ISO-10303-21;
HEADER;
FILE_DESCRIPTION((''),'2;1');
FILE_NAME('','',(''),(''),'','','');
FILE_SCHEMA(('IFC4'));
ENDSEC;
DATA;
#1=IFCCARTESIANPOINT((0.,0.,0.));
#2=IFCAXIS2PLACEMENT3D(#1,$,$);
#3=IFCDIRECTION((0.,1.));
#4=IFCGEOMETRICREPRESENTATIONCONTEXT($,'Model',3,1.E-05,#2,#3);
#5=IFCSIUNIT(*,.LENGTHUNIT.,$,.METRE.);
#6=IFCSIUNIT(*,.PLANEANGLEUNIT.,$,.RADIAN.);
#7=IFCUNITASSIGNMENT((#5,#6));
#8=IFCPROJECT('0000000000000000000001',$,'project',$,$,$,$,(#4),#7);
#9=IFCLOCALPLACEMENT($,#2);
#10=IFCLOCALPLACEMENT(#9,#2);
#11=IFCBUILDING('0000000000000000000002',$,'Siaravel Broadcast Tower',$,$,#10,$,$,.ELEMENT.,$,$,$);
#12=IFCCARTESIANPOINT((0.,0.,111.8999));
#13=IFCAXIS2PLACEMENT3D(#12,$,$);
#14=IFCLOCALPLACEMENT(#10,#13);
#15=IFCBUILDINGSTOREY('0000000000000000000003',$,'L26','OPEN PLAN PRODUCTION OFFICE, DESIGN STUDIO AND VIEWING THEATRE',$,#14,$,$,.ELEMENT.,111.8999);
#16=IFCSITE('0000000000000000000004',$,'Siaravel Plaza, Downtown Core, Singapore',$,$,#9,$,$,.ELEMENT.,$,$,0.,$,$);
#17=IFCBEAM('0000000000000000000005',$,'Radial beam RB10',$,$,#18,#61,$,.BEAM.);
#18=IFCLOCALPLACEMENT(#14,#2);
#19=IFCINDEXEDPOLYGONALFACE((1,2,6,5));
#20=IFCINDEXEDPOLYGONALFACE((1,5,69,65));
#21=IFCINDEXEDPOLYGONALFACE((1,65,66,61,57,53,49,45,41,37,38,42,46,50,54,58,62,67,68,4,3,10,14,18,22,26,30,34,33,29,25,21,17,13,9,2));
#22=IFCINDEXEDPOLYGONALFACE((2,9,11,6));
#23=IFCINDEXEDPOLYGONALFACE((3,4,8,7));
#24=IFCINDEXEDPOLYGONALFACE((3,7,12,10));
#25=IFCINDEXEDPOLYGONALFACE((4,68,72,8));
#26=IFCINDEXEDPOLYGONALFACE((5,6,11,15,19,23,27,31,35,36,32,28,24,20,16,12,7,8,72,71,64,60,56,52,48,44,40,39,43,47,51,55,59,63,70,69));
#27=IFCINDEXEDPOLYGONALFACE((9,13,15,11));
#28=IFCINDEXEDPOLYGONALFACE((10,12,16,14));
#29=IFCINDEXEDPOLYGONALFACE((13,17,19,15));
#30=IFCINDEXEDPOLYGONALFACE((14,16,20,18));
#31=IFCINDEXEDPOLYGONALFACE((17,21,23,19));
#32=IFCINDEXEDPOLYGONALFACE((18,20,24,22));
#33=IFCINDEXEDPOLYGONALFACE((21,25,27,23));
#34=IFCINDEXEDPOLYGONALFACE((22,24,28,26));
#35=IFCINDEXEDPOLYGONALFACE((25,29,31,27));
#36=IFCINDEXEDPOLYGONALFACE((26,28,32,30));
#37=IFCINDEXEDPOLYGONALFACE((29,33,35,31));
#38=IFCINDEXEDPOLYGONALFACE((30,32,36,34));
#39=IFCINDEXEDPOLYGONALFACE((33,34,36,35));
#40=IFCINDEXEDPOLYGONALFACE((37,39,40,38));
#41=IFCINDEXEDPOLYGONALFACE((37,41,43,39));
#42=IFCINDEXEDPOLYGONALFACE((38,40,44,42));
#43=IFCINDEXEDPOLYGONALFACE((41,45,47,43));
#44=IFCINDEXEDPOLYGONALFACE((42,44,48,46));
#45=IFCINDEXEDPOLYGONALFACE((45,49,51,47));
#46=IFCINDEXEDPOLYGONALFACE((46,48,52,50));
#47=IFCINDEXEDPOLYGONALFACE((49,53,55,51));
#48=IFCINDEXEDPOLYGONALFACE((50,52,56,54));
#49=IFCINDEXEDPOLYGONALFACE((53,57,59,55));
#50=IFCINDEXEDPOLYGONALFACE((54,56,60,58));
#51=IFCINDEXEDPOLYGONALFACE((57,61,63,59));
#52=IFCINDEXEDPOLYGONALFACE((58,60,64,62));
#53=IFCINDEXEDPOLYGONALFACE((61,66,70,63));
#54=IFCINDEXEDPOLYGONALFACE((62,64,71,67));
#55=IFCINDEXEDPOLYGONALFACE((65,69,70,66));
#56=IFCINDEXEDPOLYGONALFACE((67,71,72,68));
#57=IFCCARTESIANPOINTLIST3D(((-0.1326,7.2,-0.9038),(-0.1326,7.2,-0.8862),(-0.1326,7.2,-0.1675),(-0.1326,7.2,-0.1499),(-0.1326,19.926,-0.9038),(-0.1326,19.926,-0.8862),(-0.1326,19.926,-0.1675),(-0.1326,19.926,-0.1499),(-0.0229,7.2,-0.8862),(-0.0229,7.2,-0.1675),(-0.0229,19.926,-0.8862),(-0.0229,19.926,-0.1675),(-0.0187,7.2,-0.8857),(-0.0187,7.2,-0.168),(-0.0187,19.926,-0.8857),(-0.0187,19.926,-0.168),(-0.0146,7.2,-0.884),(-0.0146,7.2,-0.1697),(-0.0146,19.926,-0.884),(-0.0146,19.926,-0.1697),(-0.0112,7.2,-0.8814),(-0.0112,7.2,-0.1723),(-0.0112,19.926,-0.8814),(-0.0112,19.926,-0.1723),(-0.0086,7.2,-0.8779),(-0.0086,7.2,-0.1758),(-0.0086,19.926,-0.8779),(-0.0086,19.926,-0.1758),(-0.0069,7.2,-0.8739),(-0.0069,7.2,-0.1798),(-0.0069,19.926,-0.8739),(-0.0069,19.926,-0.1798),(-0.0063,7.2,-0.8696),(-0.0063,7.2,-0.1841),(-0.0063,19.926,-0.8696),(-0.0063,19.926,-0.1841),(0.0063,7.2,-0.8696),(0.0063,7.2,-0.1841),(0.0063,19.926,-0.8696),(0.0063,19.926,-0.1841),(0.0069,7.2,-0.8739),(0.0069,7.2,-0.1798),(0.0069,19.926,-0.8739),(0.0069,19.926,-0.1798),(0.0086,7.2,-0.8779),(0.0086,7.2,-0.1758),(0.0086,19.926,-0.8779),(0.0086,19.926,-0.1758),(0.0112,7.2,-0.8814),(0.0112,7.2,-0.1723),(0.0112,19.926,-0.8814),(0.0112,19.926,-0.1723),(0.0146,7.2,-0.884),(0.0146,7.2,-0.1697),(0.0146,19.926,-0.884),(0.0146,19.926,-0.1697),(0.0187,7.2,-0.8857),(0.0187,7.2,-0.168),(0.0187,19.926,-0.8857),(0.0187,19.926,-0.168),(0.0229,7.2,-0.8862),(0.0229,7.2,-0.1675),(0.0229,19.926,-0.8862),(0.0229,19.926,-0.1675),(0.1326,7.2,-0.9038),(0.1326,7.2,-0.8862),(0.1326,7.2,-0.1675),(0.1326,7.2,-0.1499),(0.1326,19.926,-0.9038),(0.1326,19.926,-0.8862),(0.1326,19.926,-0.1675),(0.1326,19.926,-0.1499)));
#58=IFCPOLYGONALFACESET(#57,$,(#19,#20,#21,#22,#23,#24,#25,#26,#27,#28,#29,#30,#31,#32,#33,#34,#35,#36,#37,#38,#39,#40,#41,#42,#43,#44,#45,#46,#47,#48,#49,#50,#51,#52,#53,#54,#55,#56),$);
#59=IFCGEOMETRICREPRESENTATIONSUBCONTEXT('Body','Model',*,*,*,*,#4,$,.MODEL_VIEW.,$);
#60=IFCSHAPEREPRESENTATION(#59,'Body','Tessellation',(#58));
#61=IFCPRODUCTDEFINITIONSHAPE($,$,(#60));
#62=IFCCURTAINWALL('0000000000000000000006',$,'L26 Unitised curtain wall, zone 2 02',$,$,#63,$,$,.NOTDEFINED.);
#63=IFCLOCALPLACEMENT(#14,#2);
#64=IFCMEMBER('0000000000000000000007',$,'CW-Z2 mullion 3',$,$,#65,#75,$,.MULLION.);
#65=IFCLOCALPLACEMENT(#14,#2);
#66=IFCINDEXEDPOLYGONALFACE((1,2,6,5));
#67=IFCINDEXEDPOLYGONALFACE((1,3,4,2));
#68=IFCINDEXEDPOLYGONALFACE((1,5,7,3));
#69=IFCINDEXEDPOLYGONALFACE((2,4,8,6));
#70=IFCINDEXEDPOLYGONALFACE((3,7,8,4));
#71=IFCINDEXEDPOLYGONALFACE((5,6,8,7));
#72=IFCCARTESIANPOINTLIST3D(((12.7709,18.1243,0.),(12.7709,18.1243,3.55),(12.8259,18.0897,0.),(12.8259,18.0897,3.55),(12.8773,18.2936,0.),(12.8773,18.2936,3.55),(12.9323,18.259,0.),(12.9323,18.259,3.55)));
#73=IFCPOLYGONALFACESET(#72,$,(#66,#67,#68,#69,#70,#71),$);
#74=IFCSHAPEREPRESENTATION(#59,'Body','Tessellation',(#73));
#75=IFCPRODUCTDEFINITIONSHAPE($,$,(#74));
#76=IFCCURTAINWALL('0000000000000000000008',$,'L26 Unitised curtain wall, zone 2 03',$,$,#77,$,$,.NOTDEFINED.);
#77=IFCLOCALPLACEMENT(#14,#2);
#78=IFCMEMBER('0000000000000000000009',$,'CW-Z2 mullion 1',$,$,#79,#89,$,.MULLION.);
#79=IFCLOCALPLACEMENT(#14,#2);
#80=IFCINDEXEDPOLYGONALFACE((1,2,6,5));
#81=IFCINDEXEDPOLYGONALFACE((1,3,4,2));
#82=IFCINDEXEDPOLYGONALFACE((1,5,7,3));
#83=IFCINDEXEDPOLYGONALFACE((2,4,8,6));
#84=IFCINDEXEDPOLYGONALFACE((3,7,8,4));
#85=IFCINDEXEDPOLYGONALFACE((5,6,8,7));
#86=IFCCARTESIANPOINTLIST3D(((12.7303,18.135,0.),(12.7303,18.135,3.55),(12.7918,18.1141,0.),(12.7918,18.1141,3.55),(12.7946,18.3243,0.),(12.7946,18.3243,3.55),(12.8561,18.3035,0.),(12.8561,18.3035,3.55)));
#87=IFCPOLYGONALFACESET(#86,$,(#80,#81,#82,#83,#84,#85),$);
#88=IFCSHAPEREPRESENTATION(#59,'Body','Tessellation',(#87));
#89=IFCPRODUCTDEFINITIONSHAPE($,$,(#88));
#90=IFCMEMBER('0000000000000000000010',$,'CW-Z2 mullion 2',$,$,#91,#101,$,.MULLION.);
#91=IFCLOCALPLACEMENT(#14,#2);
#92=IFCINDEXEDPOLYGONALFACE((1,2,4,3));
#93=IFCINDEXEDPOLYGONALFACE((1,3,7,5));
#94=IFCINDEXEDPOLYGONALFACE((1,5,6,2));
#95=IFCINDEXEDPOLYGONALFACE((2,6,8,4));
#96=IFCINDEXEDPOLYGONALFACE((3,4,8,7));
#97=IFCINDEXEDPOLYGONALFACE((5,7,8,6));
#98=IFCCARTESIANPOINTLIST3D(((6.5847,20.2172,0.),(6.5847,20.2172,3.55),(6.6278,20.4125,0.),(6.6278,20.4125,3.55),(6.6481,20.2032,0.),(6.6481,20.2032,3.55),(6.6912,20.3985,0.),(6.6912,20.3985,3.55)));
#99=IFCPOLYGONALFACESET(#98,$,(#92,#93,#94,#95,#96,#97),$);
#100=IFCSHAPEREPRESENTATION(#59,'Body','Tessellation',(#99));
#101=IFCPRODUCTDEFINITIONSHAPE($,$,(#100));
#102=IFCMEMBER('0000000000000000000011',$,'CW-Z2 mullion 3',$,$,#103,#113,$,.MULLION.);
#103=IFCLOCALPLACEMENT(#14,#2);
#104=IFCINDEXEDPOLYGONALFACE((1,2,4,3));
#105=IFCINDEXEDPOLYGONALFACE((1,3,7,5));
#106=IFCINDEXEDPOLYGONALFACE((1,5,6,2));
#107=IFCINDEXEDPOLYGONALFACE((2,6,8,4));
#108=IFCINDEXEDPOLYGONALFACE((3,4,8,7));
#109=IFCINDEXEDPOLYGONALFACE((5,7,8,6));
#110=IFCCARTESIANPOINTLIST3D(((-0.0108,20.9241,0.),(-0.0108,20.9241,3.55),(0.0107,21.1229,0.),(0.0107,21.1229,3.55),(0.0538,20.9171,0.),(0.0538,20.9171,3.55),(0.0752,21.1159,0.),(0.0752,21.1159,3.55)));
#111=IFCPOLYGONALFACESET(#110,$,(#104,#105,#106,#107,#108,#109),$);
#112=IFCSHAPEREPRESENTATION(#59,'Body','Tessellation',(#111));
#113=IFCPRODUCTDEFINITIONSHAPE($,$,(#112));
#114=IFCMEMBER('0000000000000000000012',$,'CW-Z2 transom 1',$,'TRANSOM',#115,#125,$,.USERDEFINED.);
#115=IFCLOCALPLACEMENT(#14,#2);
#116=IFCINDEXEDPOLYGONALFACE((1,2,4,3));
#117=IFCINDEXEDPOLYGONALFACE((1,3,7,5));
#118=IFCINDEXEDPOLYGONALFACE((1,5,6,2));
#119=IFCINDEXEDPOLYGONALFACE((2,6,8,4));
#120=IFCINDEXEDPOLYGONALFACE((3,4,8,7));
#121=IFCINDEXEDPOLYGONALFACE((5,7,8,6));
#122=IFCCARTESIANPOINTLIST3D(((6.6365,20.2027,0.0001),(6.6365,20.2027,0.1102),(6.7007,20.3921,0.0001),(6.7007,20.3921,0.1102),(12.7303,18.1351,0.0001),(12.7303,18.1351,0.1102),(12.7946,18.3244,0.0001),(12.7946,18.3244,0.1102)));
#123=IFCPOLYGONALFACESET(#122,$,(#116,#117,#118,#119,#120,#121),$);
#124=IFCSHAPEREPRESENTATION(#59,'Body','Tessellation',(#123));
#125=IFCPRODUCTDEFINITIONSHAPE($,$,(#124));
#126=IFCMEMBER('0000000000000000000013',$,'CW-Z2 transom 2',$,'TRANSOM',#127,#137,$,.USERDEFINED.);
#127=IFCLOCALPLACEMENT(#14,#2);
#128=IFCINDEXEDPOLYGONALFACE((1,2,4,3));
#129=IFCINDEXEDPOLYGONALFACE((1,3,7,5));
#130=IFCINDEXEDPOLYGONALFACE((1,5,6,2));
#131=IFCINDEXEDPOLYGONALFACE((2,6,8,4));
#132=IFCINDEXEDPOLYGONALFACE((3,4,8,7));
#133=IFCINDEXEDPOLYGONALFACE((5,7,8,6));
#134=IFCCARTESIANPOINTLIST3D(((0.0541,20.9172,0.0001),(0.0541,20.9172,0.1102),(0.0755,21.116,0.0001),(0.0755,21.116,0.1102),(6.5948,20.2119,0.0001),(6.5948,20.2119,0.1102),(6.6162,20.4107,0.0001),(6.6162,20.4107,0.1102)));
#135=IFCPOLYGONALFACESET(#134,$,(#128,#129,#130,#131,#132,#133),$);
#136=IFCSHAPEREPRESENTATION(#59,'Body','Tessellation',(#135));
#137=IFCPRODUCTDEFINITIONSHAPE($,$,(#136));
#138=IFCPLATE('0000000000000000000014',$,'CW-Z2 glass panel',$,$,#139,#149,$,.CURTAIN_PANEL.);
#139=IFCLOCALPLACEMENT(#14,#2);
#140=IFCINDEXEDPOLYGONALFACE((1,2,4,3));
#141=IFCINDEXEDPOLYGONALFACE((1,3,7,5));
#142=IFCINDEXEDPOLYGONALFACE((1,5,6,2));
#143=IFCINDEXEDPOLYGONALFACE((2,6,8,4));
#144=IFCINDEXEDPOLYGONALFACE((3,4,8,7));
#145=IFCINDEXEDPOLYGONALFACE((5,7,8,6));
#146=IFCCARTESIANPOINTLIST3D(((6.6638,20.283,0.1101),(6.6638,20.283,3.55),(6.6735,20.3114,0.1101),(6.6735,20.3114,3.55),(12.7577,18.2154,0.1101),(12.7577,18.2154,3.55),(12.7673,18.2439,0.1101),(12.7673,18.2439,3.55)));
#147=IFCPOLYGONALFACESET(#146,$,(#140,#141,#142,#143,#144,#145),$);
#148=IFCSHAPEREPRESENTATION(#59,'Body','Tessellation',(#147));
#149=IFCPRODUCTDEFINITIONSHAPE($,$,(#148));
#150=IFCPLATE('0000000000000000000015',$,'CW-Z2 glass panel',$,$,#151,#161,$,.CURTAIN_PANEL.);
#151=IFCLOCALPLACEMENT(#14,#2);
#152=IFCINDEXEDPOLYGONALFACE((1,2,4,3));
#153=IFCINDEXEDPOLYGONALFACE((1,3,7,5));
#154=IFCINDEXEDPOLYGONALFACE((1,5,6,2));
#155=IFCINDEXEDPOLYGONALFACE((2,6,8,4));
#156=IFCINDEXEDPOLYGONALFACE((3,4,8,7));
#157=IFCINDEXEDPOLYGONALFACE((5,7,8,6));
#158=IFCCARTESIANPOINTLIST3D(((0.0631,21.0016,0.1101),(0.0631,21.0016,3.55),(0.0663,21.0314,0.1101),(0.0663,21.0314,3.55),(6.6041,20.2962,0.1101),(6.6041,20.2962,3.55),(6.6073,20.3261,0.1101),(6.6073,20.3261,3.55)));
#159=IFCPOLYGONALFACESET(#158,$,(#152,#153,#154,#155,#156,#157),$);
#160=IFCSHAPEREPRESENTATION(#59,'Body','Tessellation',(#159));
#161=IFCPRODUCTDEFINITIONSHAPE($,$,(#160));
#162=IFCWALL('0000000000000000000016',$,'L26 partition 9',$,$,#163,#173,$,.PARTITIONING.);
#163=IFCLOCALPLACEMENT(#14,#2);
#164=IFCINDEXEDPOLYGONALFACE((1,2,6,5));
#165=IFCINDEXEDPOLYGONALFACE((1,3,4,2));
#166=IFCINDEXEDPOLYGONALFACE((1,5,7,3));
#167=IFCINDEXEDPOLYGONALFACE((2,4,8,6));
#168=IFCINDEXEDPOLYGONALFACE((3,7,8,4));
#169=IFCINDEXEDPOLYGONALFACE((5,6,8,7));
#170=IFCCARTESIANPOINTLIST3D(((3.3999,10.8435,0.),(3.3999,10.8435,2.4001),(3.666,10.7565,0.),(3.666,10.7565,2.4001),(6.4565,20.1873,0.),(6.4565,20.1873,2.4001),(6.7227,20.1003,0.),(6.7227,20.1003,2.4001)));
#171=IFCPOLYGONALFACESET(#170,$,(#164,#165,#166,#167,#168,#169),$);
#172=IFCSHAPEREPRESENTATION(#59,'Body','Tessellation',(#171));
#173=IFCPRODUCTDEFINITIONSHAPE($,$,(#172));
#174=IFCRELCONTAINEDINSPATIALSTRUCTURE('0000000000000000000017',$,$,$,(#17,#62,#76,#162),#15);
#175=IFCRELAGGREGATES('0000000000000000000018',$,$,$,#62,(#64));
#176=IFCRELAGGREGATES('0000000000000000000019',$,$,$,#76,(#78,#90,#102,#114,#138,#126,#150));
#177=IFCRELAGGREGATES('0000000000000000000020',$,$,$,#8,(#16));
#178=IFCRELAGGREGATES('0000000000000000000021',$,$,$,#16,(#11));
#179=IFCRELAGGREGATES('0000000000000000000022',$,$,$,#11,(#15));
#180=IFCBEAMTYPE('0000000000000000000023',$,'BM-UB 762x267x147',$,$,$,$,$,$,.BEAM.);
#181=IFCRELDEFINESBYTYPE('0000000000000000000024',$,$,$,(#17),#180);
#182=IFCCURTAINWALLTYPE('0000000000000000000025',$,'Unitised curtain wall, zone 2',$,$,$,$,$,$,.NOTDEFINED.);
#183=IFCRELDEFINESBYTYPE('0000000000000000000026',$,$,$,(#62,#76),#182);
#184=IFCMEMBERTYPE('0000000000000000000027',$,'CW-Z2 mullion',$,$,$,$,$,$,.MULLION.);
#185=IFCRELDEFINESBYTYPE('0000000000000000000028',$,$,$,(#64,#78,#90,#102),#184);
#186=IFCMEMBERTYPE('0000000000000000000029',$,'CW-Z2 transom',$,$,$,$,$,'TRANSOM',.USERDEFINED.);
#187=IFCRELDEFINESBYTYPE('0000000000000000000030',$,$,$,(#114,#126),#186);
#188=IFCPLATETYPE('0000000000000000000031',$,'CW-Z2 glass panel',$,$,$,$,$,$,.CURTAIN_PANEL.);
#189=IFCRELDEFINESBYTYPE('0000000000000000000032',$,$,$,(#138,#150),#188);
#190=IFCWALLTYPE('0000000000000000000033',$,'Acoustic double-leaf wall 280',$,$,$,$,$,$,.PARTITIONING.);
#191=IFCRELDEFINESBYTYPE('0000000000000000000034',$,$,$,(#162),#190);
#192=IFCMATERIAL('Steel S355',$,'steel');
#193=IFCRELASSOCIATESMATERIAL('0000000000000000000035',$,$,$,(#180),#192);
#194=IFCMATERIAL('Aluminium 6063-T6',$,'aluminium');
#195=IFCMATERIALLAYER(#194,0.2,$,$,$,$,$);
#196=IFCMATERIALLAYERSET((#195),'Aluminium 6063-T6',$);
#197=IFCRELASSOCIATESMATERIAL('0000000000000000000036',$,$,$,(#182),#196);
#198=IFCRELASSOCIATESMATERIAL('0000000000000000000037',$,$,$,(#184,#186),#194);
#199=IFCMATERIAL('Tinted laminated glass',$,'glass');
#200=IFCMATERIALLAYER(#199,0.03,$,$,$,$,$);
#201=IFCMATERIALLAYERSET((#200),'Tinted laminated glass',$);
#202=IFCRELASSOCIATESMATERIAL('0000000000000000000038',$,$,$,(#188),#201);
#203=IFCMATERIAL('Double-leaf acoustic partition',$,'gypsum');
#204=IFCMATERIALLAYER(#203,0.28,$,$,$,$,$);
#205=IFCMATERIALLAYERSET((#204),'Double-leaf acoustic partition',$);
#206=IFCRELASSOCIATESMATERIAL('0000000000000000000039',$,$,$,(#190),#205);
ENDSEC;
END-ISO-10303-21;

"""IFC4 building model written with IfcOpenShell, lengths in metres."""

from ifc_helpers import new_model, si_unit, direction, frame, frame_2d, origin, origin_2d, place, context, subcontext, project, spatial, rectangle, i_section, extrude, material, layer, layer_set, material_profile, profile_set, type_object, element, aggregate, save


model = new_model("IFC4")

# Units and contexts
model_context = context("Model", 3, precision=1e-05, world=origin(), true_north=direction((0.0, 1.0)))
body_context = subcontext(model_context, "Body", "Model", "MODEL_VIEW")
ifc_project = project(units=[si_unit("LENGTHUNIT", "METRE"), si_unit("PLANEANGLEUNIT", "RADIAN")], contexts=[model_context])

# Site, building, storey
site_placement = place(None, origin())
site = spatial("IfcSite", under=ifc_project, at=site_placement, Name="Siaravel Plaza, Downtown Core, Singapore", CompositionType="ELEMENT", RefElevation=0.0)
building_placement = place(site_placement, origin())
building = spatial("IfcBuilding", under=site, at=building_placement, Name="Siaravel Broadcast Tower", CompositionType="ELEMENT")
storey_placement = place(building_placement, frame((0.0, 0.0, 111.8999)))
storey = spatial("IfcBuildingStorey", under=building, at=storey_placement, Name="L26", Description="OPEN PLAN PRODUCTION OFFICE, DESIGN STUDIO AND VIEWING THEATRE", CompositionType="ELEMENT", Elevation=111.8999)

# Beam
ifc_material_1 = material(Name="Steel S355", Category="steel")
ifc_material_profile_1 = material_profile(ifc_material_1, i_section(OverallWidth=0.2651, OverallDepth=0.7539, WebThickness=0.0127, FlangeThickness=0.0176, FilletRadius=0.0166, at=origin_2d()))
ifc_profile_set_1 = profile_set([ifc_material_profile_1], Name="Steel S355")
beam_type = type_object("IfcBeamType", Name="BM-UB 762x267x147", PredefinedType="BEAM", material=ifc_profile_set_1)
beam_1_placement = place(storey_placement, frame((0.0, 19.926, -0.5269), z_axis=(0.0, -1.0, 0.0), x_axis=(1.0, 0.0, 0.0)))
element("IfcBeam", 1, at=beam_1_placement, inside=storey, type_object=beam_type, Name="Radial beam RB10", PredefinedType="BEAM", context=body_context, shape_type="SweptSolid", body=[
    extrude(i_section(OverallWidth=0.2651, OverallDepth=0.7539, WebThickness=0.0127, FlangeThickness=0.0176, FilletRadius=0.0166, at=origin_2d()), origin(), (0.0, 0.0, 1.0), 12.7261),
])

# Curtain wall, member
ifc_material_2 = material(Name="Aluminium 6063-T6", Category="aluminium")
ifc_layer_1 = layer(ifc_material_2, 0.2)
ifc_layer_set_1 = layer_set([ifc_layer_1], Name="Aluminium 6063-T6")
curtain_wall_type = type_object("IfcCurtainWallType", Name="Unitised curtain wall, zone 2", PredefinedType="NOTDEFINED", material=ifc_layer_set_1)
curtain_wall_1_placement = place(storey_placement, origin())
curtain_wall_1 = element("IfcCurtainWall", 2, at=curtain_wall_1_placement, inside=storey, type_object=curtain_wall_type, Name="L26 Unitised curtain wall, zone 2 02", PredefinedType="NOTDEFINED")
ifc_material_profile_2 = material_profile(ifc_material_2, rectangle(XDim=0.2, YDim=0.0649, at=origin_2d()))
ifc_profile_set_2 = profile_set([ifc_material_profile_2], Name="Aluminium 6063-T6")
member_type_1 = type_object("IfcMemberType", Name="CW-Z2 mullion", PredefinedType="MULLION", material=ifc_profile_set_2)
member_1_placement = place(storey_placement, frame((12.8516, 18.1917, 0.0), z_axis=(0.0, 0.0, 1.0), x_axis=(-0.532149, -0.846651, 0.0)))
member_1 = element("IfcMember", 3, at=member_1_placement, type_object=member_type_1, Name="CW-Z2 mullion 3", PredefinedType="MULLION", context=body_context, shape_type="SweptSolid", body=[
    extrude(rectangle(XDim=0.2, YDim=0.0649, at=origin_2d()), origin(), (0.0, 0.0, 1.0), 3.55),
])
aggregate(curtain_wall_1, [member_1])

# Curtain wall, members, plates
curtain_wall_2_placement = place(storey_placement, origin())
curtain_wall_2 = element("IfcCurtainWall", 4, at=curtain_wall_2_placement, inside=storey, type_object=curtain_wall_type, Name="L26 Unitised curtain wall, zone 2 03", PredefinedType="NOTDEFINED")
member_2_placement = place(storey_placement, frame((12.7932, 18.2192, 0.0), z_axis=(0.0, 0.0, 1.0), x_axis=(-0.321301, -0.946977, 0.0)))
member_2 = element("IfcMember", 5, at=member_2_placement, type_object=member_type_1, Name="CW-Z2 mullion 1", PredefinedType="MULLION", context=body_context, shape_type="SweptSolid", body=[
    extrude(rectangle(XDim=0.2, YDim=0.0649, at=origin_2d()), origin(), (0.0, 0.0, 1.0), 3.55),
])
member_3_placement = place(storey_placement, frame((6.6379, 20.3079, 0.0), z_axis=(0.0, 0.0, 1.0), x_axis=(-0.215558, -0.976491, 0.0)))
member_3 = element("IfcMember", 6, at=member_3_placement, type_object=member_type_1, Name="CW-Z2 mullion 2", PredefinedType="MULLION", context=body_context, shape_type="SweptSolid", body=[
    extrude(rectangle(XDim=0.2, YDim=0.0649, at=origin_2d()), origin(), (0.0, 0.0, 1.0), 3.55),
])
member_4_placement = place(storey_placement, frame((0.0322, 21.02, 0.0), z_axis=(0.0, 0.0, 1.0), x_axis=(-0.107217, -0.994236, 0.0)))
member_4 = element("IfcMember", 7, at=member_4_placement, type_object=member_type_1, Name="CW-Z2 mullion 3", PredefinedType="MULLION", context=body_context, shape_type="SweptSolid", body=[
    extrude(rectangle(XDim=0.2, YDim=0.0649, at=origin_2d()), origin(), (0.0, 0.0, 1.0), 3.55),
])
ifc_material_profile_3 = material_profile(ifc_material_2, rectangle(XDim=0.2, YDim=0.1101, at=origin_2d()))
ifc_profile_set_3 = profile_set([ifc_material_profile_3], Name="Aluminium 6063-T6")
member_type_2 = type_object("IfcMemberType", Name="CW-Z2 transom", ElementType="TRANSOM", PredefinedType="USERDEFINED", material=ifc_profile_set_3)
member_5_placement = place(storey_placement, frame((12.7625, 18.2297, 0.0552), z_axis=(-0.946974, 0.321311, 0.0), x_axis=(-0.321311, -0.946974, 0.0)))
member_5 = element("IfcMember", 8, at=member_5_placement, type_object=member_type_2, Name="CW-Z2 transom 1", ObjectType="TRANSOM", PredefinedType="USERDEFINED", context=body_context, shape_type="SweptSolid", body=[
    extrude(rectangle(XDim=0.2, YDim=0.1101, at=origin_2d()), origin(), (0.0, 0.0, 1.0), 6.4351),
])
member_6_placement = place(storey_placement, frame((6.6055, 20.3113, 0.0552), z_axis=(-0.994236, 0.107213, 0.0), x_axis=(-0.107213, -0.994236, 0.0)))
member_6 = element("IfcMember", 9, at=member_6_placement, type_object=member_type_2, Name="CW-Z2 transom 2", ObjectType="TRANSOM", PredefinedType="USERDEFINED", context=body_context, shape_type="SweptSolid", body=[
    extrude(rectangle(XDim=0.2, YDim=0.1101, at=origin_2d()), origin(), (0.0, 0.0, 1.0), 6.5786),
])
ifc_material_3 = material(Name="Tinted laminated glass", Category="glass")
ifc_layer_2 = layer(ifc_material_3, 0.03)
ifc_layer_set_2 = layer_set([ifc_layer_2], Name="Tinted laminated glass")
plate_type = type_object("IfcPlateType", Name="CW-Z2 glass panel", PredefinedType="CURTAIN_PANEL", material=ifc_layer_set_2)
plate_1_placement = place(storey_placement, frame((9.7156, 19.2634, 0.1101), z_axis=(0.0, 0.0, 1.0), x_axis=(-0.946977, 0.321301, 0.0)))
plate_1 = element("IfcPlate", 10, at=plate_1_placement, type_object=plate_type, Name="CW-Z2 glass panel", PredefinedType="CURTAIN_PANEL", context=body_context, shape_type="SweptSolid", body=[
    extrude(rectangle(XDim=6.4351, YDim=0.03, at=origin_2d()), origin(), (0.0, 0.0, 1.0), 3.4399),
])
plate_2_placement = place(storey_placement, frame((3.3352, 20.6638, 0.1101), z_axis=(0.0, 0.0, 1.0), x_axis=(-0.994236, 0.107217, 0.0)))
plate_2 = element("IfcPlate", 11, at=plate_2_placement, type_object=plate_type, Name="CW-Z2 glass panel", PredefinedType="CURTAIN_PANEL", context=body_context, shape_type="SweptSolid", body=[
    extrude(rectangle(XDim=6.5789, YDim=0.03, at=origin_2d()), origin(), (0.0, 0.0, 1.0), 3.4399),
])
aggregate(curtain_wall_2, [member_2, member_3, member_4, member_5, plate_1, member_6, plate_2])

# Wall
ifc_material_4 = material(Name="Double-leaf acoustic partition", Category="gypsum")
ifc_layer_3 = layer(ifc_material_4, 0.28)
ifc_layer_set_3 = layer_set([ifc_layer_3], Name="Double-leaf acoustic partition")
wall_type_1 = type_object("IfcWallType", Name="Acoustic double-leaf wall 280", PredefinedType="PARTITIONING", material=ifc_layer_set_3)
wall_1_placement = place(storey_placement, frame((6.5896, 20.1438, 0.0), z_axis=(0.0, 0.0, 1.0), x_axis=(-0.310918, -0.950437, 0.0)))
element("IfcWall", 12, at=wall_1_placement, inside=storey, type_object=wall_type_1, Name="L26 partition 9", PredefinedType="PARTITIONING", context=body_context, shape_type="SweptSolid", body=[
    extrude(rectangle(XDim=9.8311, YDim=0.28, at=frame_2d((4.9155, 0.0))), origin(), (0.0, 0.0, 1.0), 2.4001),
])

save(model, "model.ifc")
